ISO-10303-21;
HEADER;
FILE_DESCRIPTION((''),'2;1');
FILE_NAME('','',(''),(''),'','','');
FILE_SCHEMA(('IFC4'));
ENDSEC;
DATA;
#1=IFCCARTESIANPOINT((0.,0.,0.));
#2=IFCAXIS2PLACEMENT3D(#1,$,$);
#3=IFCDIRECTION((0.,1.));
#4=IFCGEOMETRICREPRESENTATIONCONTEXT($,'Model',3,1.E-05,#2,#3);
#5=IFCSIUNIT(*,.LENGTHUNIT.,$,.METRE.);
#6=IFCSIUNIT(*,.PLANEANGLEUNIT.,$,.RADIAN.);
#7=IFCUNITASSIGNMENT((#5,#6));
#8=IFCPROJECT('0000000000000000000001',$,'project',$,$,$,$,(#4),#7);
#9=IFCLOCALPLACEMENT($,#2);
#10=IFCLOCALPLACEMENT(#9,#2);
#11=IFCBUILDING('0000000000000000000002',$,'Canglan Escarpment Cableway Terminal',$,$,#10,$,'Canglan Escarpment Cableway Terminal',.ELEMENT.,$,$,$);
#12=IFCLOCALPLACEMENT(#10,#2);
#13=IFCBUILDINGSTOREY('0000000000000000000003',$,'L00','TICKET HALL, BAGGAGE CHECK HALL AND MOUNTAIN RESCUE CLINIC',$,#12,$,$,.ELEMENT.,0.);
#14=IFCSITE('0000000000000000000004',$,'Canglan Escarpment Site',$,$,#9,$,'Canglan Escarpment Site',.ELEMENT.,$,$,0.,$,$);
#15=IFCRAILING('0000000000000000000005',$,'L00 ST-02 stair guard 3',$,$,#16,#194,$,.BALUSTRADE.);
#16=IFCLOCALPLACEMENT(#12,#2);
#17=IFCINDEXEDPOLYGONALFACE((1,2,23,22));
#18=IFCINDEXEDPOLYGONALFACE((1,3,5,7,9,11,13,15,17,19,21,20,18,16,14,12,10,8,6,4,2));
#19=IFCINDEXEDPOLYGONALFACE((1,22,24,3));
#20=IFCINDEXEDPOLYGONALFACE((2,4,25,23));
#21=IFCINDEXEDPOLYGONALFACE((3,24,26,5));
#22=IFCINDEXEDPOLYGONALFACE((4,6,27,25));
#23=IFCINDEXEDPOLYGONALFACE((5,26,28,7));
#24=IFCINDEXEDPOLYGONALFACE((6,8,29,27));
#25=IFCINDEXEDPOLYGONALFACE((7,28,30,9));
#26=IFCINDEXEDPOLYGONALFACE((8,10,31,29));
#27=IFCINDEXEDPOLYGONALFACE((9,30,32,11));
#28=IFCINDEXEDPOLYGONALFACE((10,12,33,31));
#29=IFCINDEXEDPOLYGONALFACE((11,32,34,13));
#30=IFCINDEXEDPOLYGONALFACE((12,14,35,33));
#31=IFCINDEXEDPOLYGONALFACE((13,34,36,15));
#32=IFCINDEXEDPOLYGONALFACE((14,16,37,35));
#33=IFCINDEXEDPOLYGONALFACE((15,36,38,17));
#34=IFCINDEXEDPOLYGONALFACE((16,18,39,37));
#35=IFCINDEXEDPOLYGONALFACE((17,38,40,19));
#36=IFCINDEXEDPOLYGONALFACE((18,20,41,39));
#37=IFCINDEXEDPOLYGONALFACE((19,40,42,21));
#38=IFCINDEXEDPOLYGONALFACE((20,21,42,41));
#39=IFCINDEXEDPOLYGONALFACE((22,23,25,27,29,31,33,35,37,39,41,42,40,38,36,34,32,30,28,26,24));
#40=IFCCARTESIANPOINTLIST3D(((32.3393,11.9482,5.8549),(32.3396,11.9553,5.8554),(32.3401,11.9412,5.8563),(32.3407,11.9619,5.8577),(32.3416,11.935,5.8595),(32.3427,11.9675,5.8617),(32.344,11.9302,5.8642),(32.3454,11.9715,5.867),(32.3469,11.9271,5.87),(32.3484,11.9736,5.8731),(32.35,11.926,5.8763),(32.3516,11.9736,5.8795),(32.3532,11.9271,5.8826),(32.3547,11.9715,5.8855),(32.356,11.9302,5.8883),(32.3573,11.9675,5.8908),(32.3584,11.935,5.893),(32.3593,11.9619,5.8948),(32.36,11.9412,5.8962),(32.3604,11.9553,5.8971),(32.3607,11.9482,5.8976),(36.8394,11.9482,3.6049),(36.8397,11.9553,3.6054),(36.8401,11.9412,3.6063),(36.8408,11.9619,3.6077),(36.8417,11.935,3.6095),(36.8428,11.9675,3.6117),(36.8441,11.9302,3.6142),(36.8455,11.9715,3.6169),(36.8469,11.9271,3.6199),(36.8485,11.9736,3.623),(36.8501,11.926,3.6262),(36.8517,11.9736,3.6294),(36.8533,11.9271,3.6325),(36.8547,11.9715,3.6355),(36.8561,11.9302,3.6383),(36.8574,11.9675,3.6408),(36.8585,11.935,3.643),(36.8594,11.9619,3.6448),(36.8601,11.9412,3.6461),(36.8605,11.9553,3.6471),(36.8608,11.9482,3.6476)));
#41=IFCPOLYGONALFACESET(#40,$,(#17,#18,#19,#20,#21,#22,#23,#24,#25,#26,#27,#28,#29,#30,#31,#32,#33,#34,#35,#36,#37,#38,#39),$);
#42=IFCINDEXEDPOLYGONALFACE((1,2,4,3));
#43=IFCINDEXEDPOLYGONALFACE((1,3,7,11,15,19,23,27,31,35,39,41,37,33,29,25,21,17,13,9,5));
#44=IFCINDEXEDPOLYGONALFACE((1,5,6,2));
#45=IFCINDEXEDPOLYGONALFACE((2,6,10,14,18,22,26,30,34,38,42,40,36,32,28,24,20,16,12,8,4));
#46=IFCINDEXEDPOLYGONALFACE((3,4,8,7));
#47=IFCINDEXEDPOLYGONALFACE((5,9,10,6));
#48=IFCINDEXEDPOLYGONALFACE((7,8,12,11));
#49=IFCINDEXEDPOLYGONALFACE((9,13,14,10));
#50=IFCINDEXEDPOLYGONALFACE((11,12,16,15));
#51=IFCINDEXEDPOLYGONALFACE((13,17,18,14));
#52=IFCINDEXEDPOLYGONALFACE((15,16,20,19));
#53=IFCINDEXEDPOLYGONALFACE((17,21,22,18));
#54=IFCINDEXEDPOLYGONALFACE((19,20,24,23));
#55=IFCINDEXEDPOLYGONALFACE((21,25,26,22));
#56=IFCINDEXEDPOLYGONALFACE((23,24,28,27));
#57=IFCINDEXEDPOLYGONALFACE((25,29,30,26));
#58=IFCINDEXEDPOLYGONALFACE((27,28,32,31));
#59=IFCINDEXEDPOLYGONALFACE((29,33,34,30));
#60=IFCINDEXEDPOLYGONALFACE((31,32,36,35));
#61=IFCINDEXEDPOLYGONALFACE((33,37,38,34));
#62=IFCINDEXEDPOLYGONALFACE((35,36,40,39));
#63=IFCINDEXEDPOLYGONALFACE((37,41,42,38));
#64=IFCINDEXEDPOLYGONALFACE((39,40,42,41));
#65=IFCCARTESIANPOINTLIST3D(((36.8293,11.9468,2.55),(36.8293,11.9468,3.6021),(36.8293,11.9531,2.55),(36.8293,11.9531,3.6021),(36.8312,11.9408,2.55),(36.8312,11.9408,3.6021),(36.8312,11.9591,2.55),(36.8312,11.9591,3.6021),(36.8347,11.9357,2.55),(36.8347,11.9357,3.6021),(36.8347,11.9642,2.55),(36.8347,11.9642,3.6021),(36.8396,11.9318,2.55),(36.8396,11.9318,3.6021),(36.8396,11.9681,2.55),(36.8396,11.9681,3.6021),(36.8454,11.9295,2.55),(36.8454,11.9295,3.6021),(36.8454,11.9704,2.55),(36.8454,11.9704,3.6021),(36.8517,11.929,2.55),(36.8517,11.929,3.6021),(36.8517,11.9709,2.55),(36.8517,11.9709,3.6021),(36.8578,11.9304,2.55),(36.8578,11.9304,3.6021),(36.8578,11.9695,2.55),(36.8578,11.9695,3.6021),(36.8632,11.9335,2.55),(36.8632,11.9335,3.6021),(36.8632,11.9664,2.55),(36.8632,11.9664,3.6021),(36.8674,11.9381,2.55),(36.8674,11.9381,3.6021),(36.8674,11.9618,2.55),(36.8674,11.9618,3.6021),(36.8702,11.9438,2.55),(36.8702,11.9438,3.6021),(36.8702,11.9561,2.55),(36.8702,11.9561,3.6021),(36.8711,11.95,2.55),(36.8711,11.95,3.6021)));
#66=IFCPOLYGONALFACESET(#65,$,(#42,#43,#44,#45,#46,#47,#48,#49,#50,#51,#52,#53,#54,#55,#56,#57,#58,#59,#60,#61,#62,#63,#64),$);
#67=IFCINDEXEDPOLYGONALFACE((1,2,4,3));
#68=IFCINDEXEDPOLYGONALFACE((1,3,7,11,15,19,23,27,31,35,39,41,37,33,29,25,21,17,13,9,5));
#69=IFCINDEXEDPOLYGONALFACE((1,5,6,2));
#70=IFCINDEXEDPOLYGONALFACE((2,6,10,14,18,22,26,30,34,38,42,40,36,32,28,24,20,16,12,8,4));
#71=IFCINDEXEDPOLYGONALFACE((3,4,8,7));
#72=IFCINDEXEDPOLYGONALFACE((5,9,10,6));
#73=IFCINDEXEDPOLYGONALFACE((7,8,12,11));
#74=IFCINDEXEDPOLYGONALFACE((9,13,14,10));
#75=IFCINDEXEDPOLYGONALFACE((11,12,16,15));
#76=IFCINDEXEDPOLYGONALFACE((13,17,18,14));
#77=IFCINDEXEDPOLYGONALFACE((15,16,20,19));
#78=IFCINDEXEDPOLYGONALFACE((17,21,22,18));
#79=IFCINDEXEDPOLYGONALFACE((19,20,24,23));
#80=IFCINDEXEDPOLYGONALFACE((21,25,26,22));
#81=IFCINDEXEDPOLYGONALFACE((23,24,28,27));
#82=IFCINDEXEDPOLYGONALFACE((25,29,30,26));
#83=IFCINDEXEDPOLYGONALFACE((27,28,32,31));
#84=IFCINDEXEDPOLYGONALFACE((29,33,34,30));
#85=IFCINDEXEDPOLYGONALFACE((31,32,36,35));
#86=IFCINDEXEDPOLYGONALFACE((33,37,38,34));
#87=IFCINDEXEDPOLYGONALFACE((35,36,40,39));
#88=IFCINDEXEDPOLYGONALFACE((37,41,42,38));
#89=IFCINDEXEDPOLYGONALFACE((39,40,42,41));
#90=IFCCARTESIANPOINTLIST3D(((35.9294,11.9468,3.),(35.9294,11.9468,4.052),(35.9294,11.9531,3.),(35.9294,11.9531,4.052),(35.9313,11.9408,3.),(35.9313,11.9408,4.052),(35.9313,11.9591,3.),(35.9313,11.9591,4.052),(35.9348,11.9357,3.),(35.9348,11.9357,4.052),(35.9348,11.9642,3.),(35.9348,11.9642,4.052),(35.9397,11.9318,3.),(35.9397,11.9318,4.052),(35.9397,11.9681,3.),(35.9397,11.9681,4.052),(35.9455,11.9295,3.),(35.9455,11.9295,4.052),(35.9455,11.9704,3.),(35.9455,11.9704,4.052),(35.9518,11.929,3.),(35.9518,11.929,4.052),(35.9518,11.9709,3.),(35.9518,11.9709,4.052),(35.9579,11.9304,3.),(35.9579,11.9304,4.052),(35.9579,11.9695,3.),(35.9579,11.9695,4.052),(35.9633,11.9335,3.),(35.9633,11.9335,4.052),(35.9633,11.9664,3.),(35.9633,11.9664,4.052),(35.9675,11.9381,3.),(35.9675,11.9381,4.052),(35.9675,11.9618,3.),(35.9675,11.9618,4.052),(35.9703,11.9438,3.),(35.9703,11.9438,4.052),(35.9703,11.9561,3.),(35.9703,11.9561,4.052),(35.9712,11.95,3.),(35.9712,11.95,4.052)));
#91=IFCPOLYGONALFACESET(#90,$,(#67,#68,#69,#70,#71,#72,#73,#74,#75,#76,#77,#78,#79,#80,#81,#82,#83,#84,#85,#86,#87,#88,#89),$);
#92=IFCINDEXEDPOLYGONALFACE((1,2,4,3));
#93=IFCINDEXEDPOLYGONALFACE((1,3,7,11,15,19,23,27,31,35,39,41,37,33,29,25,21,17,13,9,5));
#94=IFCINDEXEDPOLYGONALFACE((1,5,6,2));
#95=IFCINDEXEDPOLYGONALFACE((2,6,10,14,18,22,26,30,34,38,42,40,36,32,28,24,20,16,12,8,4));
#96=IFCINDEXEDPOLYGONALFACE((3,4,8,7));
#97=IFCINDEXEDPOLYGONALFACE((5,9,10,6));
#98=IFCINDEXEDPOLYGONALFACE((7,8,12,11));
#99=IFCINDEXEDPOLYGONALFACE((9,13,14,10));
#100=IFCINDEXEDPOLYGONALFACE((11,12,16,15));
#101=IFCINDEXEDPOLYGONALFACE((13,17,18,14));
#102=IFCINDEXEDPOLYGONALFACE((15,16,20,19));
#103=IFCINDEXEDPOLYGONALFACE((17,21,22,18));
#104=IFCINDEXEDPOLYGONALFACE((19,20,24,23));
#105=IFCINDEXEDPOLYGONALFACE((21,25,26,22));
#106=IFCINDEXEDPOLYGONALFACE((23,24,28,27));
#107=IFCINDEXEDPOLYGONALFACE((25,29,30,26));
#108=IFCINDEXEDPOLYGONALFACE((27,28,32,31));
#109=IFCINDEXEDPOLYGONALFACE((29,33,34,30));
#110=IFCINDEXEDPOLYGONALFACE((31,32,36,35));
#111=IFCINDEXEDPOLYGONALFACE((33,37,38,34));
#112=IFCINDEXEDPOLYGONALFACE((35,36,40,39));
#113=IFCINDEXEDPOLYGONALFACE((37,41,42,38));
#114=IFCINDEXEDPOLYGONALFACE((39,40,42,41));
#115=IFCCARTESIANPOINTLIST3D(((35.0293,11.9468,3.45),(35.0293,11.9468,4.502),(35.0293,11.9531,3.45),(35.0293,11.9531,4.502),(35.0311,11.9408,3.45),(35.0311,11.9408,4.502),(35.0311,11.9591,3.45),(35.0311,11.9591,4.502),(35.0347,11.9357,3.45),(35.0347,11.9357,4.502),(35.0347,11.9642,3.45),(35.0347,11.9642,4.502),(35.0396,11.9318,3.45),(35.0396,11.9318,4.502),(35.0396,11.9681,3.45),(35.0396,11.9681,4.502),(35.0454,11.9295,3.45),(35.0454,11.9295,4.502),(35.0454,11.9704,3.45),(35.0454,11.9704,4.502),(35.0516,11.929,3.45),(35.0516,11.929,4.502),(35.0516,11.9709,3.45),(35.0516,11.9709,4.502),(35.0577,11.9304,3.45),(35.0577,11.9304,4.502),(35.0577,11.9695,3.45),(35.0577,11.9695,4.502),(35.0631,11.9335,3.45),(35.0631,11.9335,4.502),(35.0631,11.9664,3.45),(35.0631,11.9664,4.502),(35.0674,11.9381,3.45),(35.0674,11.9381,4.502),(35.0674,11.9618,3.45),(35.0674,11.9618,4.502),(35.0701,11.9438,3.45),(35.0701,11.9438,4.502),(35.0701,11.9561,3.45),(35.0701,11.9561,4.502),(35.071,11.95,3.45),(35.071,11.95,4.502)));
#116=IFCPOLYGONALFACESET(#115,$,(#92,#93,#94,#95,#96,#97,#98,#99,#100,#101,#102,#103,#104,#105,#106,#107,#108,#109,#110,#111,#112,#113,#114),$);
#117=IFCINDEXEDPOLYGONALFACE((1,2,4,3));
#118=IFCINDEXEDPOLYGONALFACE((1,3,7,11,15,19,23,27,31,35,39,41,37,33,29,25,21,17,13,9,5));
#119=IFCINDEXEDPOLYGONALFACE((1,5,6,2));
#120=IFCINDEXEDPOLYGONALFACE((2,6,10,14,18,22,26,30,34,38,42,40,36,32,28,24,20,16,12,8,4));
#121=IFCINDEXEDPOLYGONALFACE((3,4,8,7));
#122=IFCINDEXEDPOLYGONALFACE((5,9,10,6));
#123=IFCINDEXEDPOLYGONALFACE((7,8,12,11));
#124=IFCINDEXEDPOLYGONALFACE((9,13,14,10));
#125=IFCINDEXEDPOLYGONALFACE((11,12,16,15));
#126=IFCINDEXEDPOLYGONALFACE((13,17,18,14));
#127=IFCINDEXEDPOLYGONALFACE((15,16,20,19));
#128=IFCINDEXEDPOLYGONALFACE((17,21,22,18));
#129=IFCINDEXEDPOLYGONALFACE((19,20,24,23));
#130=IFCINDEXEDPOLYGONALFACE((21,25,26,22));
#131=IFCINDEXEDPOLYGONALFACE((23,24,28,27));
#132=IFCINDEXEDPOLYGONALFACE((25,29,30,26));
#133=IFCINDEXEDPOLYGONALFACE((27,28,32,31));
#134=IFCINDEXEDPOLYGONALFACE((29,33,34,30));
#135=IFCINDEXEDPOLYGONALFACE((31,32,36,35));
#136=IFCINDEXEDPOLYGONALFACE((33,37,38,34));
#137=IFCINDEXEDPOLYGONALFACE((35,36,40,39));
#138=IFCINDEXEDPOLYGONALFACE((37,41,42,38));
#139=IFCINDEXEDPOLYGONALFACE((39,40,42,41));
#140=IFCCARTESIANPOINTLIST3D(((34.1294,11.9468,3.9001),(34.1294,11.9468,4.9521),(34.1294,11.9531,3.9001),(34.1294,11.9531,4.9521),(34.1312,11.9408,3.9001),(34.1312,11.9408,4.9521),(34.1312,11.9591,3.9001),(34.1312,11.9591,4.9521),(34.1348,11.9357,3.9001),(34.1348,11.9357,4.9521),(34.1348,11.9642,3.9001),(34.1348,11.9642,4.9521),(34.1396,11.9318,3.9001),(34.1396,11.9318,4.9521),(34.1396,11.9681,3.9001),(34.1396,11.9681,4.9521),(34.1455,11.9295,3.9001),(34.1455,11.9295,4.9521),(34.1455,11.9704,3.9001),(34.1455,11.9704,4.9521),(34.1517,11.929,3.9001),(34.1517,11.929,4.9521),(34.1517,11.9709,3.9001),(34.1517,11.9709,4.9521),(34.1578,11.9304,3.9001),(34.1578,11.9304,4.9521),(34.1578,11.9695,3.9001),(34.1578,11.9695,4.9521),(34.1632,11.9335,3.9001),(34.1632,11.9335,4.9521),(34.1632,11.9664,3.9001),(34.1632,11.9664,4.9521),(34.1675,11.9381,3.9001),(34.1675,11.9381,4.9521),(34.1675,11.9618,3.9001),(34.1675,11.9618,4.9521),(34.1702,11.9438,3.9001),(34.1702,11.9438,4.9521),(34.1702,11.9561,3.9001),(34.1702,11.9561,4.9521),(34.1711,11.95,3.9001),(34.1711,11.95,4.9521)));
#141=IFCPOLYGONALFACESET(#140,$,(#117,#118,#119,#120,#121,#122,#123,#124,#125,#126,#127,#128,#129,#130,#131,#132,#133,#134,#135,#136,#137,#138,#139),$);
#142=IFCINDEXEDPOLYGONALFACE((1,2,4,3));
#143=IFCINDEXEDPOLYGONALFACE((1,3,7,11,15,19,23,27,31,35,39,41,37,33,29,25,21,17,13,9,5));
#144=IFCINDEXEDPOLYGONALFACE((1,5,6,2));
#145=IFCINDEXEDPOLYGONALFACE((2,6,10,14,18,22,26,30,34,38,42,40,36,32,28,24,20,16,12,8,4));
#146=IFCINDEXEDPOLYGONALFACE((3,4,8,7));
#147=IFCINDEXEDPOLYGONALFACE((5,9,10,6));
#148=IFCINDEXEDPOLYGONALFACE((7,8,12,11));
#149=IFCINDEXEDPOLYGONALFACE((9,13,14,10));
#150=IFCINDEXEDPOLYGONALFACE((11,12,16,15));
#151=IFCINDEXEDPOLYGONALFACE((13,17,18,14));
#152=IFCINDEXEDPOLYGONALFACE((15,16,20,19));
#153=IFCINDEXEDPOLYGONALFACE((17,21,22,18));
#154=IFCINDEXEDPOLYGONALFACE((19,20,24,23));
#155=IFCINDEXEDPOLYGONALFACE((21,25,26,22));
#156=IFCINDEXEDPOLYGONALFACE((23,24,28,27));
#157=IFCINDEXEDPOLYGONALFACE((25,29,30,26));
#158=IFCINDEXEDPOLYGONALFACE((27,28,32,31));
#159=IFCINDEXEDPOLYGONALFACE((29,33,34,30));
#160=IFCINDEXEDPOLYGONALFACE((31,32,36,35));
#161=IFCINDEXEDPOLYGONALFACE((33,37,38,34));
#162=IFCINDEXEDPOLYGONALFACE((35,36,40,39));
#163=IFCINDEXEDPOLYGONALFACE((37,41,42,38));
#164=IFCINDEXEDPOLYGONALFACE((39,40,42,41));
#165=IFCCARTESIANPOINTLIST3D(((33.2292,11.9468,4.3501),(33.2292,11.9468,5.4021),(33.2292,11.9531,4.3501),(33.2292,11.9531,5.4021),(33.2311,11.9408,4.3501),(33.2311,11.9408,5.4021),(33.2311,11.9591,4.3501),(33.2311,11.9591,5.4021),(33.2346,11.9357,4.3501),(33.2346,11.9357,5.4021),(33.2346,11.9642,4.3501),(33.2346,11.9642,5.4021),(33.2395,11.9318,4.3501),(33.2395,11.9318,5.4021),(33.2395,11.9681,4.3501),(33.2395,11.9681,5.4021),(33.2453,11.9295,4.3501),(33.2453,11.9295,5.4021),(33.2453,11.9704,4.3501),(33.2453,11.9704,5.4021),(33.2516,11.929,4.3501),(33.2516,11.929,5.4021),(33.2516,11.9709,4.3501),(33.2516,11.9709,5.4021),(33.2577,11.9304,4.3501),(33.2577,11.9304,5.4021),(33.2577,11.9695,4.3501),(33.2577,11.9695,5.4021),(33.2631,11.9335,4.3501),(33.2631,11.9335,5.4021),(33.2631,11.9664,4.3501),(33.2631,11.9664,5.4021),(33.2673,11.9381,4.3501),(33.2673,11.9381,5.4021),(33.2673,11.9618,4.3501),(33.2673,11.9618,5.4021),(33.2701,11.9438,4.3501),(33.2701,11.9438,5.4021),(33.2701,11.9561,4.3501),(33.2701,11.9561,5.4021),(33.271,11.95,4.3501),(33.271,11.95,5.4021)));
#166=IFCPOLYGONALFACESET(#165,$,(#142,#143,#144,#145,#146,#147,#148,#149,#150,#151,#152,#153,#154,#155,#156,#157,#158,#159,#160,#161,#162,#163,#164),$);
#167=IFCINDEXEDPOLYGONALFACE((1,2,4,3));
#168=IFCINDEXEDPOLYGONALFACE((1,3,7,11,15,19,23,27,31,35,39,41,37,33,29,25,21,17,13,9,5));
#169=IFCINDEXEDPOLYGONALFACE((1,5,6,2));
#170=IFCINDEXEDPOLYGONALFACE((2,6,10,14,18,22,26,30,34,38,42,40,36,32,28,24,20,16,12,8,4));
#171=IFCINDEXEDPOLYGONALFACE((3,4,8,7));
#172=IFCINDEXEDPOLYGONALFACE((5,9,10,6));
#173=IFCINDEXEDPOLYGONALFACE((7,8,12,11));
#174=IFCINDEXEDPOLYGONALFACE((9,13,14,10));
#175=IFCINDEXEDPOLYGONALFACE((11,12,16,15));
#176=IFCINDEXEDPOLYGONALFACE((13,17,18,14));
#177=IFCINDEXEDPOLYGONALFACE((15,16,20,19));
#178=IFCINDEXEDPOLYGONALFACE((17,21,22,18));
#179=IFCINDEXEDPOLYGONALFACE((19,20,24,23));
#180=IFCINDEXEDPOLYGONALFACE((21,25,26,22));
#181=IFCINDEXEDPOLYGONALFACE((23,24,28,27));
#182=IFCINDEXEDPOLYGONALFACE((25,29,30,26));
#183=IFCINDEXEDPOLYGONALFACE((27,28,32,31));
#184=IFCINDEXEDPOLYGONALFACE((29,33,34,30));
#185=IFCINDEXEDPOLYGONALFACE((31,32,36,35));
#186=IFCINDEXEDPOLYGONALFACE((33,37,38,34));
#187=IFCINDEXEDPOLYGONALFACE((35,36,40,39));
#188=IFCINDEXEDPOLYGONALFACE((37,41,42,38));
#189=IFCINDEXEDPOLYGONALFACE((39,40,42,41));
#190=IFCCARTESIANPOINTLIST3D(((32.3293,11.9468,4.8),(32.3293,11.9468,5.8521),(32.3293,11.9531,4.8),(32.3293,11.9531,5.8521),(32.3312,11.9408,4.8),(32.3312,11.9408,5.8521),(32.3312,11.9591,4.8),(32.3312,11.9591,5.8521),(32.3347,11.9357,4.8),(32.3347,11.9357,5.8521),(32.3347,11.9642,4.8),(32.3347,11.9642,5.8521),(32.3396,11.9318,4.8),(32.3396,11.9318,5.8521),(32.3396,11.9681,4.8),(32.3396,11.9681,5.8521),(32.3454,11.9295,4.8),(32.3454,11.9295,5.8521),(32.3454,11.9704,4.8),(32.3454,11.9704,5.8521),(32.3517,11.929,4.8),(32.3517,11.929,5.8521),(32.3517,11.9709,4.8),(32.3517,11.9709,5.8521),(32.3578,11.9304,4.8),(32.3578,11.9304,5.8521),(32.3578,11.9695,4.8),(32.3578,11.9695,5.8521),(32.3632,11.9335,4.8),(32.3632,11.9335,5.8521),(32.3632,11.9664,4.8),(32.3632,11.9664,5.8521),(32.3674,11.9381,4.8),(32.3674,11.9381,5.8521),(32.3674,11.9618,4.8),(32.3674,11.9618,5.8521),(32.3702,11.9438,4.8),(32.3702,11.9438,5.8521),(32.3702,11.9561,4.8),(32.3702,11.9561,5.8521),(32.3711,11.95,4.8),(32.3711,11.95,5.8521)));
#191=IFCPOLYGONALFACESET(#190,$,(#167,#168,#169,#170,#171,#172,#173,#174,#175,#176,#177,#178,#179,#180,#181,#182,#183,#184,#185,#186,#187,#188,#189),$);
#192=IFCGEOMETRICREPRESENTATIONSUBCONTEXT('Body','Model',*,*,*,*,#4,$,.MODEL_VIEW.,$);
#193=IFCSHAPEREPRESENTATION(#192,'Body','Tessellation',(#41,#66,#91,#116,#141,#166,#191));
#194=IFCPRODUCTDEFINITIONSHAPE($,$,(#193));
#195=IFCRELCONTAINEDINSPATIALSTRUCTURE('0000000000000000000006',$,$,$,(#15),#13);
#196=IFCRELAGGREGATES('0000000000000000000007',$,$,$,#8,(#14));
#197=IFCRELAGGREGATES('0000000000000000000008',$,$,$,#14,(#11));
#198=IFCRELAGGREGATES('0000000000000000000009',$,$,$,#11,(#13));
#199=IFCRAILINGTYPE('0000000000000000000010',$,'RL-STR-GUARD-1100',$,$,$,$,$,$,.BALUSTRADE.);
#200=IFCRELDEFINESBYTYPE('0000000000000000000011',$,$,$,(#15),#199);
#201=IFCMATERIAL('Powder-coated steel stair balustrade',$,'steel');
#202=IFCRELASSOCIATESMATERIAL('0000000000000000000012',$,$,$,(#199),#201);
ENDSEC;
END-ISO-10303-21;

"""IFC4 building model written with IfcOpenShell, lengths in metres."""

from ifc_helpers import new_model, si_unit, direction, frame, origin, origin_2d, place, context, subcontext, project, spatial, circle, extrude, material, type_object, element, save


model = new_model("IFC4")

# Units and contexts
model_context = context("Model", 3, precision=1e-05, world=origin(), true_north=direction((0.0, 1.0)))
body_context = subcontext(model_context, "Body", "Model", "MODEL_VIEW")
ifc_project = project(units=[si_unit("LENGTHUNIT", "METRE"), si_unit("PLANEANGLEUNIT", "RADIAN")], contexts=[model_context])

# Site, building, storey
site_placement = place(None, origin())
site = spatial("IfcSite", under=ifc_project, at=site_placement, Name="Canglan Escarpment Site", LongName="Canglan Escarpment Site", CompositionType="ELEMENT", RefElevation=0.0)
building_placement = place(site_placement, origin())
building = spatial("IfcBuilding", under=site, at=building_placement, Name="Canglan Escarpment Cableway Terminal", LongName="Canglan Escarpment Cableway Terminal", CompositionType="ELEMENT")
storey_placement = place(building_placement, origin())
storey = spatial("IfcBuildingStorey", under=building, at=storey_placement, Name="L00", Description="TICKET HALL, BAGGAGE CHECK HALL AND MOUNTAIN RESCUE CLINIC", CompositionType="ELEMENT", Elevation=0.0)

# Railing
ifc_material_1 = material(Name="Powder-coated steel stair balustrade", Category="steel")
railing_type_1 = type_object("IfcRailingType", Name="RL-STR-GUARD-1100", PredefinedType="BALUSTRADE", material=ifc_material_1)
railing_1_placement = place(storey_placement, frame((36.8501, 11.95, 2.55)))
element("IfcRailing", 1, at=railing_1_placement, inside=storey, type_object=railing_type_1, Name="L00 ST-02 stair guard 3", PredefinedType="BALUSTRADE", context=body_context, shape_type="SweptSolid", body=[
    extrude(circle(Radius=0.0239, at=origin_2d()), frame((0.0, 0.0, 1.0762), z_axis=(-0.894427, 0.0, 0.447214), x_axis=(0.0, -1.0, 0.0)), (0.0, 0.0, 1.0), 5.0312),
    extrude(circle(Radius=0.021, at=origin_2d()), origin(), (0.0, 0.0, 1.0), 1.052),
    extrude(circle(Radius=0.021, at=origin_2d()), frame((-0.8999, 0.0, 0.45)), (0.0, 0.0, 1.0), 1.052),
    extrude(circle(Radius=0.021, at=origin_2d()), frame((-1.8, 0.0, 0.8999)), (0.0, 0.0, 1.0), 1.052),
    extrude(circle(Radius=0.021, at=origin_2d()), frame((-2.7, 0.0, 1.3501)), (0.0, 0.0, 1.0), 1.052),
    extrude(circle(Radius=0.021, at=origin_2d()), frame((-3.6001, 0.0, 1.8)), (0.0, 0.0, 1.0), 1.052),
    extrude(circle(Radius=0.021, at=origin_2d()), frame((-4.5, 0.0, 2.25)), (0.0, 0.0, 1.0), 1.052),
])

save(model, "model.ifc")
